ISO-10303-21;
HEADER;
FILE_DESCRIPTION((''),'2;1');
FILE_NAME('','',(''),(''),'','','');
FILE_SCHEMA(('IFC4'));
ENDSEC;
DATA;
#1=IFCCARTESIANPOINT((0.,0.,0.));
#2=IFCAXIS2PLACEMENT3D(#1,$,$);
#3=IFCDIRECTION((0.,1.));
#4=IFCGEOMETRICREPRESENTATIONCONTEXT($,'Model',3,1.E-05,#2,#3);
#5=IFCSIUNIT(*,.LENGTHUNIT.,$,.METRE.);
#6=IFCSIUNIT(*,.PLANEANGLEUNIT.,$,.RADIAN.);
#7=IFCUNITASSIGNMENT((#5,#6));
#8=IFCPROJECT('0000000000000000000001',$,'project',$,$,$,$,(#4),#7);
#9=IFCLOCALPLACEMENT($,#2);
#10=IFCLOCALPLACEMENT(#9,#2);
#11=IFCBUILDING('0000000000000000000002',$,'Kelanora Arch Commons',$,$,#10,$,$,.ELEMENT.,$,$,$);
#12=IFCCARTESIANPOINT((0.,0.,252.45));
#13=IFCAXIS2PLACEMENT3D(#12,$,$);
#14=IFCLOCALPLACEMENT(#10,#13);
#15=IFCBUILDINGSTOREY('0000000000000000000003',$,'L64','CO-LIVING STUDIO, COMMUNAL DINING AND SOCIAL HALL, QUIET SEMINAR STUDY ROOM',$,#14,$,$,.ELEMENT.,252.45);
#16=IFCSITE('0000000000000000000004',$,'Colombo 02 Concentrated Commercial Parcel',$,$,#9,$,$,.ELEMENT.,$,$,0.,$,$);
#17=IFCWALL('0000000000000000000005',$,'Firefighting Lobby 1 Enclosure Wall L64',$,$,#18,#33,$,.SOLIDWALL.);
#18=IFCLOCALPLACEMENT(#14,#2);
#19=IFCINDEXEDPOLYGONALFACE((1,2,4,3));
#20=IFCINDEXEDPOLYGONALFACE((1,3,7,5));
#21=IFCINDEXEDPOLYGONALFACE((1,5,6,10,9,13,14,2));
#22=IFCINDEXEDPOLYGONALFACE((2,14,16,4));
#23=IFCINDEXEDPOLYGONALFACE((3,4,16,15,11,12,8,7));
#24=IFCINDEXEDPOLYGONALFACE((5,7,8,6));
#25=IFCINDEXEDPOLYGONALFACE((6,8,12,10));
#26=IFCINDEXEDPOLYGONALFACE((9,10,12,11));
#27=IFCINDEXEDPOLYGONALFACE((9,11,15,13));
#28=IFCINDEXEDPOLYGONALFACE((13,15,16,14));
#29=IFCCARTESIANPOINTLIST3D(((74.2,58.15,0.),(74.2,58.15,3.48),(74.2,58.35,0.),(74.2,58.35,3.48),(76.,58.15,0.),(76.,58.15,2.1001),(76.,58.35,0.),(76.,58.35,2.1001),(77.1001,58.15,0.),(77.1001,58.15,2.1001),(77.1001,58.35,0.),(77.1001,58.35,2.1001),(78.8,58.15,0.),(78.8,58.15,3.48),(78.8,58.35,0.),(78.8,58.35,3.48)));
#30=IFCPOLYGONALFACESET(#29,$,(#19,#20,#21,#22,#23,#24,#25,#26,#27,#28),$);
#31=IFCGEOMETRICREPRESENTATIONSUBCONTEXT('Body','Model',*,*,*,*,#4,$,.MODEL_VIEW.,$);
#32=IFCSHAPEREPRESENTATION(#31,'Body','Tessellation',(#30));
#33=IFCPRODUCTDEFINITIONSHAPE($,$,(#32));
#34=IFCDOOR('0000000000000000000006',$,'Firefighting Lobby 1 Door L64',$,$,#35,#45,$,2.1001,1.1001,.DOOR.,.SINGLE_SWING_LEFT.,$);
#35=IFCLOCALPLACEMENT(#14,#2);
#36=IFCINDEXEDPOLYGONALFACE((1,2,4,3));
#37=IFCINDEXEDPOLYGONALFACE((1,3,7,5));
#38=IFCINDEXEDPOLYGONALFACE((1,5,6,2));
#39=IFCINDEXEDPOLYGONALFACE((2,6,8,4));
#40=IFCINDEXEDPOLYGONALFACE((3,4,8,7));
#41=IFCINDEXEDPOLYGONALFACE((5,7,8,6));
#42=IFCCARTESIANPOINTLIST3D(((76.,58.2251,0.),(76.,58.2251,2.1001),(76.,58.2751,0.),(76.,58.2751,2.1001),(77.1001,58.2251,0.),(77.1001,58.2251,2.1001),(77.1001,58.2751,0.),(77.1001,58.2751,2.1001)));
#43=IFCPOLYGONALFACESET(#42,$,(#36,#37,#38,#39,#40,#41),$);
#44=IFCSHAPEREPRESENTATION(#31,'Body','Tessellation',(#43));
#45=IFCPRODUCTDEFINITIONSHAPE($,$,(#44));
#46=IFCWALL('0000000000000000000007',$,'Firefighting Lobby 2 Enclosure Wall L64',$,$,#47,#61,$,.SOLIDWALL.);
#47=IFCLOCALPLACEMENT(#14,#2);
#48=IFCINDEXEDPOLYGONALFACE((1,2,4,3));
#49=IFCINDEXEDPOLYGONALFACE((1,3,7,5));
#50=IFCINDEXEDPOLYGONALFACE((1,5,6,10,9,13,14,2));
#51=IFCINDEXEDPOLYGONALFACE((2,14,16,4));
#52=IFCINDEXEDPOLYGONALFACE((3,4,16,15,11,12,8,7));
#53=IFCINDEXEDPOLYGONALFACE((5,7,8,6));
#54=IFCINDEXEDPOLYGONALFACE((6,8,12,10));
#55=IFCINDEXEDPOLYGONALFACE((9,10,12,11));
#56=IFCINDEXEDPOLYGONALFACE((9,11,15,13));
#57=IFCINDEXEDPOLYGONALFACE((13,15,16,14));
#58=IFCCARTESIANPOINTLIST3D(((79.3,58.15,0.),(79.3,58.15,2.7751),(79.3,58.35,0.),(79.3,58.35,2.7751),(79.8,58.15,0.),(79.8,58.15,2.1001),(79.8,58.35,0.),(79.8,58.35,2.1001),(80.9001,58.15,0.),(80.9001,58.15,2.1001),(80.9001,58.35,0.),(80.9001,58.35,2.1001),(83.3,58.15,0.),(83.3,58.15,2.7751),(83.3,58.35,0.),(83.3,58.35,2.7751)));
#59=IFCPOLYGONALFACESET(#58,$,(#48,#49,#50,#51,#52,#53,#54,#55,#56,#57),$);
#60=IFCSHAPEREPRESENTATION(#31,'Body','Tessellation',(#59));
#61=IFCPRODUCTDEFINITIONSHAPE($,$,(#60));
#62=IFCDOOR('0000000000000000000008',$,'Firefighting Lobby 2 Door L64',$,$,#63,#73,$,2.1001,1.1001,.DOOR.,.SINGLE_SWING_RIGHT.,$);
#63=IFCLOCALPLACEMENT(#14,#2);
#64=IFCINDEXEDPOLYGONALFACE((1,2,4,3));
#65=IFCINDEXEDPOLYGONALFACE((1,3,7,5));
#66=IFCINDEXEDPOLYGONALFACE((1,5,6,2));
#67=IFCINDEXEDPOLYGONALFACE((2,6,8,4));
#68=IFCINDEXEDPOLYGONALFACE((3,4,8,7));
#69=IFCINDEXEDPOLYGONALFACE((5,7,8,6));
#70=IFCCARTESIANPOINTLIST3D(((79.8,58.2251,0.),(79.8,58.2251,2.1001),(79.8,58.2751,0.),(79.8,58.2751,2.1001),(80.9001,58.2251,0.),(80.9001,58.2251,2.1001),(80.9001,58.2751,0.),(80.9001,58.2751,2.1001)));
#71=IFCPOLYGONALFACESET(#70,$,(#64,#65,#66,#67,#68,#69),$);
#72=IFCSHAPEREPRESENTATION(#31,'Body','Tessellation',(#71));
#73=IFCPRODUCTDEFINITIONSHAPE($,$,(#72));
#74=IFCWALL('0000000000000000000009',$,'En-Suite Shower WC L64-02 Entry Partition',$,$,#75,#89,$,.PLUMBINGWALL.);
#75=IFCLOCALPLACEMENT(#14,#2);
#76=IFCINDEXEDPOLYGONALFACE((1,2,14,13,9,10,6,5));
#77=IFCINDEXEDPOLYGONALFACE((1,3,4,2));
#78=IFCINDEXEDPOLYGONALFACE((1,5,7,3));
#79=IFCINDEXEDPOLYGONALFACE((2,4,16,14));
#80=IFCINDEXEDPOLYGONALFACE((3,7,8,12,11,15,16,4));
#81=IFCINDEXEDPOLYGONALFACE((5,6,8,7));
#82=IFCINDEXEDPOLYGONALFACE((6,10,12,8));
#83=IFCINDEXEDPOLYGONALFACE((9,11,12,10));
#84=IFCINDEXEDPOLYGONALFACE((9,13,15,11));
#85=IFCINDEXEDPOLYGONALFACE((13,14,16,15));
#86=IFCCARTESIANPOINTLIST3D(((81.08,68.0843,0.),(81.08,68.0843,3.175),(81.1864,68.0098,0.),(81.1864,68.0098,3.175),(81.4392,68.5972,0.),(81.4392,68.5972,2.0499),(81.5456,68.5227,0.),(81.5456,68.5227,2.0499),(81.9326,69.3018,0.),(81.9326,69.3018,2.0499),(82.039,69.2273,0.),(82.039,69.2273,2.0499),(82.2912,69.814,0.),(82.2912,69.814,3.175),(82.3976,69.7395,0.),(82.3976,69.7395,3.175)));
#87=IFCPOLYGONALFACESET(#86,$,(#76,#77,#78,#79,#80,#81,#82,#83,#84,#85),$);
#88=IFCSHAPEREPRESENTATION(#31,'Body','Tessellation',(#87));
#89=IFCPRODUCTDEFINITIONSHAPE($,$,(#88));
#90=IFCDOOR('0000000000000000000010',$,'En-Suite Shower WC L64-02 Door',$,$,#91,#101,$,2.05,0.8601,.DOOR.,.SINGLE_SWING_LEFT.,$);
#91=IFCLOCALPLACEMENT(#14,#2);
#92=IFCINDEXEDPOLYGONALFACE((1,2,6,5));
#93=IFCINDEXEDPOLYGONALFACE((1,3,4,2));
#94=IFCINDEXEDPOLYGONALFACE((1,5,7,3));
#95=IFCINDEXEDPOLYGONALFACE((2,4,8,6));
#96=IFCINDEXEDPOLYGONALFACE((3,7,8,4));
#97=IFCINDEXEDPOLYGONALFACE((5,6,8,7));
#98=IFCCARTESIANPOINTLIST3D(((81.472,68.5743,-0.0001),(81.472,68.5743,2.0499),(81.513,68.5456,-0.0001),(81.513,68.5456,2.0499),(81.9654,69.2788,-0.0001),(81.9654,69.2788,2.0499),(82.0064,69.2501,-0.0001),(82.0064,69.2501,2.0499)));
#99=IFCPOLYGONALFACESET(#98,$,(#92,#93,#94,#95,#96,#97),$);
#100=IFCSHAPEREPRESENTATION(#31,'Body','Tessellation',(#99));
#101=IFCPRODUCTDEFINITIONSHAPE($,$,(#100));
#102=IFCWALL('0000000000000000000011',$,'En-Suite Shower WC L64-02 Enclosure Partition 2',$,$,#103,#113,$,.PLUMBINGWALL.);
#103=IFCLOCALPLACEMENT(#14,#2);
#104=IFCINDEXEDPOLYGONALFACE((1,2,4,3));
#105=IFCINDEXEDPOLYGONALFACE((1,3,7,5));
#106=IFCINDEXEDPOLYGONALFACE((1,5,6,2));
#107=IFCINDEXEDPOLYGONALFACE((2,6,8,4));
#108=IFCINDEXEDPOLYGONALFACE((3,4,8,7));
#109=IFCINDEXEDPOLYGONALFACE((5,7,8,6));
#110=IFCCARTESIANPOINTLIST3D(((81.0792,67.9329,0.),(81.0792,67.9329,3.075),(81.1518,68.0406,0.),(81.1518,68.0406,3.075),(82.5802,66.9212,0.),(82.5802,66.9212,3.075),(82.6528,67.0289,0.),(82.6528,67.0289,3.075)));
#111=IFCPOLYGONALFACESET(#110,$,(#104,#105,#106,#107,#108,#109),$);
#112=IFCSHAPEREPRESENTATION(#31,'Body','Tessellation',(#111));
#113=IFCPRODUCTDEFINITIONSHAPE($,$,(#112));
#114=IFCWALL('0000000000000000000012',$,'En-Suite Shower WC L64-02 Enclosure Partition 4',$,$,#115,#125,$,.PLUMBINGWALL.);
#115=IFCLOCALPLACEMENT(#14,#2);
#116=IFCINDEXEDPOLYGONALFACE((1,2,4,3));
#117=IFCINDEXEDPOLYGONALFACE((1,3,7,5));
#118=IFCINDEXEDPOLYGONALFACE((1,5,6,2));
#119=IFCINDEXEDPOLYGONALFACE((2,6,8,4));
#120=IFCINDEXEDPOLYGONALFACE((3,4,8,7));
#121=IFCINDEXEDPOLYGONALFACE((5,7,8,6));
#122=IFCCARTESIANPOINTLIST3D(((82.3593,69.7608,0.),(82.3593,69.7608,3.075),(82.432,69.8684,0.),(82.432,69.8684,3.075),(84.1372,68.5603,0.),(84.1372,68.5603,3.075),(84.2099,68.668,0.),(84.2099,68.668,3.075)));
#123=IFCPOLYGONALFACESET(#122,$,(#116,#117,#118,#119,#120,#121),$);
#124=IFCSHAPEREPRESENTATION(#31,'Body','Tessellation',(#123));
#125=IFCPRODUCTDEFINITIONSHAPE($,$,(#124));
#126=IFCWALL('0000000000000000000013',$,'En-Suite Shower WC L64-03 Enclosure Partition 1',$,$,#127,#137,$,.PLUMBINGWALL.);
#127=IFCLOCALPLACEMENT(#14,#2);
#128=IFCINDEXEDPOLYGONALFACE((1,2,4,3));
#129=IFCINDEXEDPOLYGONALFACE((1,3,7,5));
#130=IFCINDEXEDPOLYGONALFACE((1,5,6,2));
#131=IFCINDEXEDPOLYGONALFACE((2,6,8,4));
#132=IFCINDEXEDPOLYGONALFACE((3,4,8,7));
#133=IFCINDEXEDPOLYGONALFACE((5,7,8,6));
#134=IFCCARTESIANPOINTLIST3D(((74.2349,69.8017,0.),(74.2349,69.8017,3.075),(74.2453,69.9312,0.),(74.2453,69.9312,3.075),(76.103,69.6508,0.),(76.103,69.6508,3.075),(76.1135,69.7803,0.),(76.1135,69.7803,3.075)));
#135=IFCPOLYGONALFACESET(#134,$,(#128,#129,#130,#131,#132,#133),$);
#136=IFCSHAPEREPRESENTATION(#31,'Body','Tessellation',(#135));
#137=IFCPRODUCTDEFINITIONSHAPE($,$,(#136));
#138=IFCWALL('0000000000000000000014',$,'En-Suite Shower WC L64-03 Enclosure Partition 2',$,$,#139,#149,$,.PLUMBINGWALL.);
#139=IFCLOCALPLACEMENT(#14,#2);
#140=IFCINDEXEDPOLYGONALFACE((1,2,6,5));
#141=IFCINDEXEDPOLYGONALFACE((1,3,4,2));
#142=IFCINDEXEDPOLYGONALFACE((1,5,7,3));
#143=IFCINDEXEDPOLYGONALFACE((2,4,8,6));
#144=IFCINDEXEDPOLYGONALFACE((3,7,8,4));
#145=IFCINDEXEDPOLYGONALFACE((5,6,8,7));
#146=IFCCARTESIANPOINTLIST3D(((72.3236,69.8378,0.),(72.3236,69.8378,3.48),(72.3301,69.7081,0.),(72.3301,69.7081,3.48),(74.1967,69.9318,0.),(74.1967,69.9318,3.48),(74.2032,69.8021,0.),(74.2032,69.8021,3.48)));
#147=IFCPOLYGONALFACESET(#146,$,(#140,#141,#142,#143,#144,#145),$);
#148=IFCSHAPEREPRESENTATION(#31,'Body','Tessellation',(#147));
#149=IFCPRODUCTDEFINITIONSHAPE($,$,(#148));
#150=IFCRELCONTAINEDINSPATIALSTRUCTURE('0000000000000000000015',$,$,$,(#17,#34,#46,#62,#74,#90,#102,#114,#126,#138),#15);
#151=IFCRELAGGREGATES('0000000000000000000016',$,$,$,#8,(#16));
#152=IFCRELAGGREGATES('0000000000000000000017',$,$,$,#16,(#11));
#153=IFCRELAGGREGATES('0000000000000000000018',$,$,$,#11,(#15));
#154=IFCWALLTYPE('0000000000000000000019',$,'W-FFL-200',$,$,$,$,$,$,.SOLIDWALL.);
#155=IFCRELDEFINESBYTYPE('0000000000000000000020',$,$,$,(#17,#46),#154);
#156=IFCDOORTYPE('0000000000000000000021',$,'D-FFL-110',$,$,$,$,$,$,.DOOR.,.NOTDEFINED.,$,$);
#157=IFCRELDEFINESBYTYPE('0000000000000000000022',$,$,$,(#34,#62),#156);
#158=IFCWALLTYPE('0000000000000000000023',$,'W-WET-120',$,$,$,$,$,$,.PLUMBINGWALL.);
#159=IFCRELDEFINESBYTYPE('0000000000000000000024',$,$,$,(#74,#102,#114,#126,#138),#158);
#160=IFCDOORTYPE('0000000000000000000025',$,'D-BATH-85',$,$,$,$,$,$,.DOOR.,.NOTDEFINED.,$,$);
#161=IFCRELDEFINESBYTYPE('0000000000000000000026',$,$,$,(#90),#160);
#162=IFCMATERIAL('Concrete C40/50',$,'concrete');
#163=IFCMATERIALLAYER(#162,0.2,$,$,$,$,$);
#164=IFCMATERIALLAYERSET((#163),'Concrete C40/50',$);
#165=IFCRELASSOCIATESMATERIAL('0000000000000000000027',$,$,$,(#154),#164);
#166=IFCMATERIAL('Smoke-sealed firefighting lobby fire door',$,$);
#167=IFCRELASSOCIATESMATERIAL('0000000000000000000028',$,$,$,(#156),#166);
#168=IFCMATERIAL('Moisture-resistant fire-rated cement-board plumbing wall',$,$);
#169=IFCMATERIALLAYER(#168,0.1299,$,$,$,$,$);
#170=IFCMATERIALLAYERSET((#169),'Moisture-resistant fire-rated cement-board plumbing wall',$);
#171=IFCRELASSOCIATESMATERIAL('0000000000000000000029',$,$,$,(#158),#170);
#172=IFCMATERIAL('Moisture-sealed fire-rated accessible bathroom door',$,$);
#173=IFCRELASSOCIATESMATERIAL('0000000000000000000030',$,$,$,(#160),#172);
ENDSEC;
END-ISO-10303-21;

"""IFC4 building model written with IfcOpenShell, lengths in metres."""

from ifc_helpers import new_model, si_unit, direction, frame, frame_2d, origin, place, context, subcontext, project, spatial, rectangle, extrude, material, layer, layer_set, type_object, element, fill, save


model = new_model("IFC4")

# Units and contexts
model_context = context("Model", 3, precision=1e-05, world=origin(), true_north=direction((0.0, 1.0)))
body_context = subcontext(model_context, "Body", "Model", "MODEL_VIEW")
ifc_project = project(units=[si_unit("LENGTHUNIT", "METRE"), si_unit("PLANEANGLEUNIT", "RADIAN")], contexts=[model_context])

# Site, building, storey
site_placement = place(None, origin())
site = spatial("IfcSite", under=ifc_project, at=site_placement, Name="Colombo 02 Concentrated Commercial Parcel", CompositionType="ELEMENT", RefElevation=0.0)
building_placement = place(site_placement, origin())
building = spatial("IfcBuilding", under=site, at=building_placement, Name="Kelanora Arch Commons", CompositionType="ELEMENT")
storey_placement = place(building_placement, frame((0.0, 0.0, 252.45)))
storey = spatial("IfcBuildingStorey", under=building, at=storey_placement, Name="L64", Description="CO-LIVING STUDIO, COMMUNAL DINING AND SOCIAL HALL, QUIET SEMINAR STUDY ROOM", CompositionType="ELEMENT", Elevation=252.45)

# Walls, openings, doors
ifc_material_1 = material(Name="Concrete C40/50", Category="concrete")
ifc_layer_1 = layer(ifc_material_1, 0.2)
ifc_layer_set_1 = layer_set([ifc_layer_1], Name="Concrete C40/50")
wall_type_1 = type_object("IfcWallType", Name="W-FFL-200", PredefinedType="SOLIDWALL", material=ifc_layer_set_1)
wall_1_placement = place(storey_placement, frame((74.2, 58.25, 0.0), z_axis=(0.0, 0.0, 1.0), x_axis=(1.0, 0.0, 0.0)))
wall_1 = element("IfcWall", 1, at=wall_1_placement, inside=storey, type_object=wall_type_1, Name="Firefighting Lobby 1 Enclosure Wall L64", PredefinedType="SOLIDWALL", context=body_context, shape_type="SweptSolid", body=[
    extrude(rectangle(XDim=4.6001, YDim=0.2, at=frame_2d((2.3, 0.0))), origin(), (0.0, 0.0, 1.0), 3.48),
])
opening_1_placement = place(wall_1_placement, frame((1.8, 0.0, 0.0)))
opening_1 = element("IfcOpeningElement", 2, at=opening_1_placement, cuts=wall_1, PredefinedType="OPENING", context=body_context, shape_type="SweptSolid", body=[
    extrude(rectangle(XDim=1.1001, YDim=2.1001, at=frame_2d((0.55, 1.05))), frame((0.0, 0.1099, 0.0), z_axis=(0.0, -1.0, 0.0), x_axis=(1.0, 0.0, 0.0)), (0.0, 0.0, 1.0), 0.22),
])
ifc_material_2 = material(Name="Smoke-sealed firefighting lobby fire door")
door_type_1 = type_object("IfcDoorType", Name="D-FFL-110", OperationType="NOTDEFINED", PredefinedType="DOOR", material=ifc_material_2)
door_1_placement = place(opening_1_placement, frame((1.1001, 0.0, 0.0), z_axis=(0.0, 0.0, 1.0), x_axis=(-1.0, 0.0, 0.0)))
door_1 = element("IfcDoor", 3, at=door_1_placement, inside=storey, type_object=door_type_1, Name="Firefighting Lobby 1 Door L64", OperationType="SINGLE_SWING_LEFT", OverallHeight=2.1001, OverallWidth=1.1001, PredefinedType="DOOR", context=body_context, shape_type="SweptSolid", body=[
    extrude(rectangle(XDim=1.1001, YDim=2.1001, at=frame_2d((0.55, 1.05))), frame((0.0, 0.0249, 0.0), z_axis=(0.0, -1.0, 0.0), x_axis=(1.0, 0.0, 0.0)), (0.0, 0.0, 1.0), 0.05),
])
fill(opening_1, door_1)
wall_2_placement = place(storey_placement, frame((79.3, 58.25, 0.0), z_axis=(0.0, 0.0, 1.0), x_axis=(1.0, 0.0, 0.0)))
wall_2 = element("IfcWall", 4, at=wall_2_placement, inside=storey, type_object=wall_type_1, Name="Firefighting Lobby 2 Enclosure Wall L64", PredefinedType="SOLIDWALL", context=body_context, shape_type="SweptSolid", body=[
    extrude(rectangle(XDim=4.0, YDim=0.2, at=frame_2d((2.0, 0.0))), origin(), (0.0, 0.0, 1.0), 2.7751),
])
opening_2_placement = place(wall_2_placement, frame((0.5, 0.0, 0.0)))
opening_2 = element("IfcOpeningElement", 5, at=opening_2_placement, cuts=wall_2, PredefinedType="OPENING", context=body_context, shape_type="SweptSolid", body=[
    extrude(rectangle(XDim=1.1001, YDim=2.1001, at=frame_2d((0.55, 1.05))), frame((0.0, 0.1099, 0.0), z_axis=(0.0, -1.0, 0.0), x_axis=(1.0, 0.0, 0.0)), (0.0, 0.0, 1.0), 0.22),
])
door_2_placement = place(opening_2_placement, frame((1.1001, 0.0, 0.0), z_axis=(0.0, 0.0, 1.0), x_axis=(-1.0, 0.0, 0.0)))
door_2 = element("IfcDoor", 6, at=door_2_placement, inside=storey, type_object=door_type_1, Name="Firefighting Lobby 2 Door L64", OperationType="SINGLE_SWING_RIGHT", OverallHeight=2.1001, OverallWidth=1.1001, PredefinedType="DOOR", context=body_context, shape_type="SweptSolid", body=[
    extrude(rectangle(XDim=1.1001, YDim=2.1001, at=frame_2d((0.55, 1.05))), frame((0.0, 0.0249, 0.0), z_axis=(0.0, -1.0, 0.0), x_axis=(1.0, 0.0, 0.0)), (0.0, 0.0, 1.0), 0.05),
])
fill(opening_2, door_2)
ifc_material_3 = material(Name="Moisture-resistant fire-rated cement-board plumbing wall")
ifc_layer_2 = layer(ifc_material_3, 0.1299)
ifc_layer_set_2 = layer_set([ifc_layer_2], Name="Moisture-resistant fire-rated cement-board plumbing wall")
wall_type_2 = type_object("IfcWallType", Name="W-WET-120", PredefinedType="PLUMBINGWALL", material=ifc_layer_set_2)
wall_3_placement = place(storey_placement, frame((81.1333, 68.0471, 0.0), z_axis=(0.0, 0.0, 1.0), x_axis=(0.573579, 0.81915, 0.0)))
wall_3 = element("IfcWall", 7, at=wall_3_placement, inside=storey, type_object=wall_type_2, Name="En-Suite Shower WC L64-02 Entry Partition", PredefinedType="PLUMBINGWALL", context=body_context, shape_type="SweptSolid", body=[
    extrude(rectangle(XDim=2.1116, YDim=0.1299, at=frame_2d((1.0557, 0.0))), origin(), (0.0, 0.0, 1.0), 3.175),
])
opening_3_placement = place(wall_3_placement, frame((0.626, 0.0, 0.0)))
opening_3 = element("IfcOpeningElement", 8, at=opening_3_placement, cuts=wall_3, PredefinedType="OPENING", context=body_context, shape_type="SweptSolid", body=[
    extrude(rectangle(XDim=0.8601, YDim=2.05, at=frame_2d((0.4302, 1.0249))), frame((0.0, 0.075, 0.0), z_axis=(0.0, -1.0, 0.0), x_axis=(1.0, 0.0, 0.0)), (0.0, 0.0, 1.0), 0.1499),
])
ifc_material_4 = material(Name="Moisture-sealed fire-rated accessible bathroom door")
door_type_2 = type_object("IfcDoorType", Name="D-BATH-85", OperationType="NOTDEFINED", PredefinedType="DOOR", material=ifc_material_4)
door_3_placement = place(opening_3_placement, origin())
door_3 = element("IfcDoor", 9, at=door_3_placement, inside=storey, type_object=door_type_2, Name="En-Suite Shower WC L64-02 Door", OperationType="SINGLE_SWING_LEFT", OverallHeight=2.05, OverallWidth=0.8601, PredefinedType="DOOR", context=body_context, shape_type="SweptSolid", body=[
    extrude(rectangle(XDim=0.8601, YDim=2.05, at=frame_2d((0.4302, 1.0249))), frame((0.0, 0.0249, 0.0), z_axis=(0.0, -1.0, 0.0), x_axis=(1.0, 0.0, 0.0)), (0.0, 0.0, 1.0), 0.05),
])
fill(opening_3, door_3)

# Walls
wall_4_placement = place(storey_placement, frame((82.6165, 66.9751, 0.0), z_axis=(0.0, 0.0, 1.0), x_axis=(-0.829218, 0.558926, 0.0)))
element("IfcWall", 10, at=wall_4_placement, inside=storey, type_object=wall_type_2, Name="En-Suite Shower WC L64-02 Enclosure Partition 2", PredefinedType="PLUMBINGWALL", context=body_context, shape_type="SweptSolid", body=[
    extrude(rectangle(XDim=1.8101, YDim=0.1299, at=frame_2d((0.905, 0.0))), origin(), (0.0, 0.0, 1.0), 3.075),
])
wall_5_placement = place(storey_placement, frame((82.3955, 69.8147, 0.0), z_axis=(0.0, 0.0, 1.0), x_axis=(0.828762, -0.559602, 0.0)))
element("IfcWall", 11, at=wall_5_placement, inside=storey, type_object=wall_type_2, Name="En-Suite Shower WC L64-02 Enclosure Partition 4", PredefinedType="PLUMBINGWALL", context=body_context, shape_type="SweptSolid", body=[
    extrude(rectangle(XDim=2.1453, YDim=0.1299, at=frame_2d((1.0728, 0.0))), origin(), (0.0, 0.0, 1.0), 3.075),
])
wall_6_placement = place(storey_placement, frame((76.1082, 69.7156, 0.0), z_axis=(0.0, 0.0, 1.0), x_axis=(-0.996755, 0.080501, 0.0)))
element("IfcWall", 12, at=wall_6_placement, inside=storey, type_object=wall_type_2, Name="En-Suite Shower WC L64-03 Enclosure Partition 1", PredefinedType="PLUMBINGWALL", context=body_context, shape_type="SweptSolid", body=[
    extrude(rectangle(XDim=1.8743, YDim=0.1299, at=frame_2d((0.937, 0.0))), origin(), (0.0, 0.0, 1.0), 3.075),
])
wall_7_placement = place(storey_placement, frame((74.2, 69.8669, 0.0), z_axis=(0.0, 0.0, 1.0), x_axis=(-0.998743, -0.050119, 0.0)))
element("IfcWall", 13, at=wall_7_placement, inside=storey, type_object=wall_type_2, Name="En-Suite Shower WC L64-03 Enclosure Partition 2", PredefinedType="PLUMBINGWALL", context=body_context, shape_type="SweptSolid", body=[
    extrude(rectangle(XDim=1.8755, YDim=0.1299, at=frame_2d((0.9377, 0.0))), origin(), (0.0, 0.0, 1.0), 3.48),
])

save(model, "model.ifc")
